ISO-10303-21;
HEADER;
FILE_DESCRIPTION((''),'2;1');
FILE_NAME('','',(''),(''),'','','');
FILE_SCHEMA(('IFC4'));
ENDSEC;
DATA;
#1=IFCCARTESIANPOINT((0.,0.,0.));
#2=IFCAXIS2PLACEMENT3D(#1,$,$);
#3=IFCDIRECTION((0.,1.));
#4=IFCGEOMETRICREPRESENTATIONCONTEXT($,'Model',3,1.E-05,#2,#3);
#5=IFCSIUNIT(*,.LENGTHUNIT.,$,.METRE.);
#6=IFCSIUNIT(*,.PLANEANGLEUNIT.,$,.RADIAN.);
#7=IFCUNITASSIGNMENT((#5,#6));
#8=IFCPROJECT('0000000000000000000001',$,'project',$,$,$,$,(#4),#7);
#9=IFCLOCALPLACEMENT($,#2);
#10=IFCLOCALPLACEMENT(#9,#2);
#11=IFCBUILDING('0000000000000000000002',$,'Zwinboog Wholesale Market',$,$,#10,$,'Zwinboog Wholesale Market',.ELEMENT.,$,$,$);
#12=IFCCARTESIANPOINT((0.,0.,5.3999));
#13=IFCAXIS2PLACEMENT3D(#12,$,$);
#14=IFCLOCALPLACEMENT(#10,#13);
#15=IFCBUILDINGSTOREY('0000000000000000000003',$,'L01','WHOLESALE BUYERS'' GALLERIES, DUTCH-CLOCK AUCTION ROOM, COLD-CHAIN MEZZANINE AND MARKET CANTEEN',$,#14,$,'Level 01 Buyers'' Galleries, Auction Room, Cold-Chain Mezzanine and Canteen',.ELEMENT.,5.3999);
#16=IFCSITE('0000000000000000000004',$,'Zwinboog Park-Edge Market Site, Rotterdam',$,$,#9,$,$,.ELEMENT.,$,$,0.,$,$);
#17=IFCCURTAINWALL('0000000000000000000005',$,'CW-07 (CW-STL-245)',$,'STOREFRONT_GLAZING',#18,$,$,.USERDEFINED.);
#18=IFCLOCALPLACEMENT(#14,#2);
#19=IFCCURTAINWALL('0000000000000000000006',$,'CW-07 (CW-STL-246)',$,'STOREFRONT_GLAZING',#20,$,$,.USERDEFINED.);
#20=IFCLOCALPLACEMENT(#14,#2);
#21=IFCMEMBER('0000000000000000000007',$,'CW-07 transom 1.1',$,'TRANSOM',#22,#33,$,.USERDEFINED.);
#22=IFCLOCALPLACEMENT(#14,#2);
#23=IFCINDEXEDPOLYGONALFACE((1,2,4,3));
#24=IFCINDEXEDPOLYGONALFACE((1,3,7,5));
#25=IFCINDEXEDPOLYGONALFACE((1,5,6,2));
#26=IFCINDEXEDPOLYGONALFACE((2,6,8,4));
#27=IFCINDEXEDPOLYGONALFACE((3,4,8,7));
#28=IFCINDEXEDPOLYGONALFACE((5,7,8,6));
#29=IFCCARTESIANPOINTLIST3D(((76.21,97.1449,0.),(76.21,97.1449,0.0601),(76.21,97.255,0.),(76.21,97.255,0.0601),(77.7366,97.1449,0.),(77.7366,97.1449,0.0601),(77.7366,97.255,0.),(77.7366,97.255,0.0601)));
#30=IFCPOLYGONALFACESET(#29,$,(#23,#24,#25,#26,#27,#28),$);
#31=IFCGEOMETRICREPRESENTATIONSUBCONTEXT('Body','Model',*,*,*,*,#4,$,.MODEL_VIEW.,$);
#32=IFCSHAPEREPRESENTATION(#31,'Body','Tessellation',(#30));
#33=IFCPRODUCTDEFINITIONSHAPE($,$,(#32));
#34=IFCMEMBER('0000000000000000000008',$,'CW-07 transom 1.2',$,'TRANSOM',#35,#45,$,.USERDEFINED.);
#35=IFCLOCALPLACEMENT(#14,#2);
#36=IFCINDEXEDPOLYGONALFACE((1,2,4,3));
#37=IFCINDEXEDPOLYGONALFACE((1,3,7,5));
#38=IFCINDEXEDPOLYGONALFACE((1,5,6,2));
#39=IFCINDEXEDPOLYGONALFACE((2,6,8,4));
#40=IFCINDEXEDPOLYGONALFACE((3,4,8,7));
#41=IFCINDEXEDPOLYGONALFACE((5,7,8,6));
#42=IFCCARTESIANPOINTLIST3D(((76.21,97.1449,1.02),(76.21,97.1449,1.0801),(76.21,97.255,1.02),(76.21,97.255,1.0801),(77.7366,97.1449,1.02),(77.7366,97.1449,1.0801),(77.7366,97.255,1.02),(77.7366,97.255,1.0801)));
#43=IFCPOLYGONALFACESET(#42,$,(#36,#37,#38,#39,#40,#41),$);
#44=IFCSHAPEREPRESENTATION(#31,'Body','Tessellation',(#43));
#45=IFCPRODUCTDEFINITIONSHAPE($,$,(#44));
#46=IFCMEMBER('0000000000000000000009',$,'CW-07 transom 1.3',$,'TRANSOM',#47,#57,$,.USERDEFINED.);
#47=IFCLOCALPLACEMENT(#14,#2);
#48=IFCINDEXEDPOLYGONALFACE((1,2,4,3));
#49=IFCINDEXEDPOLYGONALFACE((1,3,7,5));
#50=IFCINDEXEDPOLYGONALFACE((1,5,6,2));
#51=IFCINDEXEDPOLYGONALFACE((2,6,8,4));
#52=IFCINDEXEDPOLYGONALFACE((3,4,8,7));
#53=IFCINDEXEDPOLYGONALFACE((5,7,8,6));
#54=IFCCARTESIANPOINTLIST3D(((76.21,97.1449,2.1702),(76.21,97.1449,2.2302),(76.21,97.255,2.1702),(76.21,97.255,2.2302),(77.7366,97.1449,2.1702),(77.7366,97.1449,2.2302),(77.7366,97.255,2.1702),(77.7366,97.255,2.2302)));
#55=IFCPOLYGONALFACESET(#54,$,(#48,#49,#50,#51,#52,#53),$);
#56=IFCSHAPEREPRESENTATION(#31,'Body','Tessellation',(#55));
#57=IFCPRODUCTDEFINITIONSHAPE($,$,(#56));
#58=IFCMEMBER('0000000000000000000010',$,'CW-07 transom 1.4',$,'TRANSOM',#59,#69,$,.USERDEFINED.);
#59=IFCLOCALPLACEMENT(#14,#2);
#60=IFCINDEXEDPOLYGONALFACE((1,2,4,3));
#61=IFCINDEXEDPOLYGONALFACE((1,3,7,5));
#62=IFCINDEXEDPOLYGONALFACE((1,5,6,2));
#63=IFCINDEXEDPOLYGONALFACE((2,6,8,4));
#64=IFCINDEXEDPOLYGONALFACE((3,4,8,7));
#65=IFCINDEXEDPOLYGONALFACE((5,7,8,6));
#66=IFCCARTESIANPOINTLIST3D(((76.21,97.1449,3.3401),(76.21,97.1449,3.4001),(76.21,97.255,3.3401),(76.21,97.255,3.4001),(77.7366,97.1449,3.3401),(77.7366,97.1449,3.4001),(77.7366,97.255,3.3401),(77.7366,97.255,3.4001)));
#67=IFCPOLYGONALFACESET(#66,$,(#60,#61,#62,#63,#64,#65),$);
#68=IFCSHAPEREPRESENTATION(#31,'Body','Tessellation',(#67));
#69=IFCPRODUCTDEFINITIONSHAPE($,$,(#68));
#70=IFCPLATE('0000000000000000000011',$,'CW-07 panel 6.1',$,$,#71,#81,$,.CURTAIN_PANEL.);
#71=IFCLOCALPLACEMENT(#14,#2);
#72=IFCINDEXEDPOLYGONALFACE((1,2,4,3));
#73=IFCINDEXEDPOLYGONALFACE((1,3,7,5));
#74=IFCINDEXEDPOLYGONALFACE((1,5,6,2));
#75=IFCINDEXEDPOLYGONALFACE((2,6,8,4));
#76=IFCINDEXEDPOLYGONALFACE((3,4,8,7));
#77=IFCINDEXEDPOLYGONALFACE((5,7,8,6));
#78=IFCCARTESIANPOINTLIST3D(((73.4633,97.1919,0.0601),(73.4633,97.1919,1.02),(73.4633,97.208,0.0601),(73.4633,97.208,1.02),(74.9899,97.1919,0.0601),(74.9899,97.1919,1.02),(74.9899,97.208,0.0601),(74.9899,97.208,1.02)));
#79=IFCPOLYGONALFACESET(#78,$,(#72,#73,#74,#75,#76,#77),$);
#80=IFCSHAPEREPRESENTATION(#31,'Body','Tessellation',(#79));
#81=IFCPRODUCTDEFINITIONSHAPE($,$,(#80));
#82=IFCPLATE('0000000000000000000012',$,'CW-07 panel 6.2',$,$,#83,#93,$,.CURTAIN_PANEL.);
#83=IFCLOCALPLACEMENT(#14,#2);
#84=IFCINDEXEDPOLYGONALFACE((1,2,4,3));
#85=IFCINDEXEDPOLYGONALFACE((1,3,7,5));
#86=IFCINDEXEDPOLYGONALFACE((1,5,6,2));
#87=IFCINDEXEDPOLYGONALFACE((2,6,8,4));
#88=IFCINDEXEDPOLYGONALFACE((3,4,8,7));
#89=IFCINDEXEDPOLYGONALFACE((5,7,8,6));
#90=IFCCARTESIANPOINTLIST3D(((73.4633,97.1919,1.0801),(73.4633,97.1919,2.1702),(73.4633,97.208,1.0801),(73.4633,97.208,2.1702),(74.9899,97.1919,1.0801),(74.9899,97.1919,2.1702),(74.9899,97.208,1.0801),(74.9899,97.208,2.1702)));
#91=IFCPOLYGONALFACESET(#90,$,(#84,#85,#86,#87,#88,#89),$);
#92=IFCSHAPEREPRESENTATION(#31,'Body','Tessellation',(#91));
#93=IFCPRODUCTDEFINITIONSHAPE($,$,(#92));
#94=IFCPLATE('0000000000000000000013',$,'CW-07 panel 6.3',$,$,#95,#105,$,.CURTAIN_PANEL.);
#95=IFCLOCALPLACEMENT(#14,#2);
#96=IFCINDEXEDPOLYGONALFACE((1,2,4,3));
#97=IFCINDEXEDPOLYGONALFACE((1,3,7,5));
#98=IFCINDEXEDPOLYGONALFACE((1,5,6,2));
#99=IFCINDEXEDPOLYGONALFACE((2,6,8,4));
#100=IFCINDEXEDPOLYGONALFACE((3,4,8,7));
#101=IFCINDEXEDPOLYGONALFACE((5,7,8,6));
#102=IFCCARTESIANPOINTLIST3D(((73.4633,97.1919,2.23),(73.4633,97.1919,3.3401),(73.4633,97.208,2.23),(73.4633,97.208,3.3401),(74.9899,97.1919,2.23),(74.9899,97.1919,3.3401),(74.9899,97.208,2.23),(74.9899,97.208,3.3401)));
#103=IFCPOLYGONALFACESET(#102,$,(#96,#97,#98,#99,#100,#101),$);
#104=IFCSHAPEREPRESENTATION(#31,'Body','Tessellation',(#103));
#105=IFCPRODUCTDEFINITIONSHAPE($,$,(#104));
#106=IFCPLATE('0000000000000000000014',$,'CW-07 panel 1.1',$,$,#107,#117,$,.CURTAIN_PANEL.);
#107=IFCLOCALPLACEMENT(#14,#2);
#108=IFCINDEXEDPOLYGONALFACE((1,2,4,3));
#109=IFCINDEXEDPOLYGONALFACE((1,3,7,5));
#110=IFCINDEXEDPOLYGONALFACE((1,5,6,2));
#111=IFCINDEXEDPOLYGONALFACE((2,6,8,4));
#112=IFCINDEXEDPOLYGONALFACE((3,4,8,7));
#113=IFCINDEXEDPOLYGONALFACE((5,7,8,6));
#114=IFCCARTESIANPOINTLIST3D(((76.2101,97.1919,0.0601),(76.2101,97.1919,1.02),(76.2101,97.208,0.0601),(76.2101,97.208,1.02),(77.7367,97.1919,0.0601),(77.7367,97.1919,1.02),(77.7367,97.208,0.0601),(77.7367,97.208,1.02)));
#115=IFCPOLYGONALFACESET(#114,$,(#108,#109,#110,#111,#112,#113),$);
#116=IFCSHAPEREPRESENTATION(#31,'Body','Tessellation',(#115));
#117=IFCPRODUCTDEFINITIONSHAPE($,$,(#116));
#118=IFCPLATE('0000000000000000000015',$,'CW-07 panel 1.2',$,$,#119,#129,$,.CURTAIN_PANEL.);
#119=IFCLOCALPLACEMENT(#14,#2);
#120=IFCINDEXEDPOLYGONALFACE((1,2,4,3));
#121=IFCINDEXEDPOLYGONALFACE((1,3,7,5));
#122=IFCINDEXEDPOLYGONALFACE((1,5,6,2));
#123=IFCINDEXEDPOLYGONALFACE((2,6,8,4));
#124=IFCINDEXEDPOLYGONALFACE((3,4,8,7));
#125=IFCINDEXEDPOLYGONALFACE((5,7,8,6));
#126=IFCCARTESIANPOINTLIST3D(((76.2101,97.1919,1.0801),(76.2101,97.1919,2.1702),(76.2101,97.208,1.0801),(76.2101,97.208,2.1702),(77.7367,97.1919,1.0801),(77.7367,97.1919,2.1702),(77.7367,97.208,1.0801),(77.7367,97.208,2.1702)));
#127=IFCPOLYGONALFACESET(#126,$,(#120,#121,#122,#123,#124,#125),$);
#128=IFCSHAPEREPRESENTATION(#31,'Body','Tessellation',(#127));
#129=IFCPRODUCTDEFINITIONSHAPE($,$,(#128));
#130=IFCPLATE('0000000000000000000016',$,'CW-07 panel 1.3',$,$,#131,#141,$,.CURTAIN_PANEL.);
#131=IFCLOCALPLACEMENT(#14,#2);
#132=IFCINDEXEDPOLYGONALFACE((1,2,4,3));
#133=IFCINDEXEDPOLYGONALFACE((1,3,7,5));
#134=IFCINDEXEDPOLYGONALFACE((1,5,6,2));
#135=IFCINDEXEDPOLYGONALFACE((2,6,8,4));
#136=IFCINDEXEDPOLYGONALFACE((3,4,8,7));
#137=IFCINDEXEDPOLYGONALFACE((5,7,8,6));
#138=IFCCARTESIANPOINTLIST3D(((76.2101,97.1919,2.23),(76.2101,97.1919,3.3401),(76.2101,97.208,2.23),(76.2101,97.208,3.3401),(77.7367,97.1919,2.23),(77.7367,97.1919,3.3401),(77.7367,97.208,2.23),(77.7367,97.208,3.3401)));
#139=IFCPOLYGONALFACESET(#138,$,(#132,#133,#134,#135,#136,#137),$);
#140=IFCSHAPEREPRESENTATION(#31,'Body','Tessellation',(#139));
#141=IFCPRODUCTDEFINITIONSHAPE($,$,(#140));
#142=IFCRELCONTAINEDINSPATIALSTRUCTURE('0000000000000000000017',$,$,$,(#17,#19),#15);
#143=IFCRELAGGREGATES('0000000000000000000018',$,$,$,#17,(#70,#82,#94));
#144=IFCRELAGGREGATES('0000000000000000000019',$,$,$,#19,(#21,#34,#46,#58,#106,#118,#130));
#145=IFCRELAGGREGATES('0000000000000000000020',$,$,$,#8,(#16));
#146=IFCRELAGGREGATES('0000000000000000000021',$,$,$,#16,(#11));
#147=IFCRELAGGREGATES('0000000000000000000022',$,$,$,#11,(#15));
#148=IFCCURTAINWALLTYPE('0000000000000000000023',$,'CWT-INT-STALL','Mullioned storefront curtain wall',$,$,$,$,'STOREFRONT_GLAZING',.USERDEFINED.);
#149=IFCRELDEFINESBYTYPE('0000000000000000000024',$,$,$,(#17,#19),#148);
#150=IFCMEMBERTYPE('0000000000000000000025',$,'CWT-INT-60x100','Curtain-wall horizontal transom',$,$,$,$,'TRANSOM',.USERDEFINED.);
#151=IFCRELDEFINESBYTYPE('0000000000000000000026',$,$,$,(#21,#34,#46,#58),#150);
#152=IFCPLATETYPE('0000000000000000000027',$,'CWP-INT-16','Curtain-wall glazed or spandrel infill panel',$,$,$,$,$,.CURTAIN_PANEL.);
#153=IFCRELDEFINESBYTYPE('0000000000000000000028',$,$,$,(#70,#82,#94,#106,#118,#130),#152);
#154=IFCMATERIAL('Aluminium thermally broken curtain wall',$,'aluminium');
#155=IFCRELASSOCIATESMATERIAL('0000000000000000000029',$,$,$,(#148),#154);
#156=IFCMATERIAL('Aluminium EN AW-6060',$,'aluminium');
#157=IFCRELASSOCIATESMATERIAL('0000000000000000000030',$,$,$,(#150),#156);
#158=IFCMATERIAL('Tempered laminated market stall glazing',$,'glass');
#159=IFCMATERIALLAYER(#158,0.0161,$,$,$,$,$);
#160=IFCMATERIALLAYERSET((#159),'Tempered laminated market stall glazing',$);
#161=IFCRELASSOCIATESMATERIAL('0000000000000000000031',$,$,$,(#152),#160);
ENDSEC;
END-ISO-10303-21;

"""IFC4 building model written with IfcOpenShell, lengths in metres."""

from ifc_helpers import new_model, si_unit, direction, frame, origin, origin_2d, place, context, subcontext, project, spatial, rectangle, extrude, material, layer, layer_set, material_profile, profile_set, type_object, element, aggregate, save


model = new_model("IFC4")

# Units and contexts
model_context = context("Model", 3, precision=1e-05, world=origin(), true_north=direction((0.0, 1.0)))
body_context = subcontext(model_context, "Body", "Model", "MODEL_VIEW")
ifc_project = project(units=[si_unit("LENGTHUNIT", "METRE"), si_unit("PLANEANGLEUNIT", "RADIAN")], contexts=[model_context])

# Site, building, storey
site_placement = place(None, origin())
site = spatial("IfcSite", under=ifc_project, at=site_placement, Name="Zwinboog Park-Edge Market Site, Rotterdam", CompositionType="ELEMENT", RefElevation=0.0)
building_placement = place(site_placement, origin())
building = spatial("IfcBuilding", under=site, at=building_placement, Name="Zwinboog Wholesale Market", LongName="Zwinboog Wholesale Market", CompositionType="ELEMENT")
storey_placement = place(building_placement, frame((0.0, 0.0, 5.3999)))
storey = spatial("IfcBuildingStorey", under=building, at=storey_placement, Name="L01", Description="WHOLESALE BUYERS' GALLERIES, DUTCH-CLOCK AUCTION ROOM, COLD-CHAIN MEZZANINE AND MARKET CANTEEN", LongName="Level 01 Buyers' Galleries, Auction Room, Cold-Chain Mezzanine and Canteen", CompositionType="ELEMENT", Elevation=5.3999)

# Curtain wall
ifc_material_1 = material(Name="Aluminium thermally broken curtain wall", Category="aluminium")
curtain_wall_type = type_object("IfcCurtainWallType", Name="CWT-INT-STALL", Description="Mullioned storefront curtain wall", ElementType="STOREFRONT_GLAZING", PredefinedType="USERDEFINED", material=ifc_material_1)
ifc_material_2 = material(Name="Aluminium EN AW-6060", Category="aluminium")
curtain_wall_1_placement = place(storey_placement, origin())
curtain_wall_1 = element("IfcCurtainWall", 1, at=curtain_wall_1_placement, inside=storey, type_object=curtain_wall_type, Name="CW-07 (CW-STL-245)", ObjectType="STOREFRONT_GLAZING", PredefinedType="USERDEFINED")

# Curtain wall
curtain_wall_2_placement = place(storey_placement, origin())
curtain_wall_2 = element("IfcCurtainWall", 2, at=curtain_wall_2_placement, inside=storey, type_object=curtain_wall_type, Name="CW-07 (CW-STL-246)", ObjectType="STOREFRONT_GLAZING", PredefinedType="USERDEFINED")

# Members
ifc_material_profile_1 = material_profile(ifc_material_2, rectangle(XDim=0.1101, YDim=0.0601, at=origin_2d()), Name="AL 60x110")
ifc_profile_set_1 = profile_set([ifc_material_profile_1], Name="Aluminium EN AW-6060")
member_type_1 = type_object("IfcMemberType", Name="CWT-INT-60x100", Description="Curtain-wall horizontal transom", ElementType="TRANSOM", PredefinedType="USERDEFINED", material=ifc_profile_set_1)
member_1_placement = place(storey_placement, frame((76.21, 97.2, 0.03), z_axis=(1.0, 0.0, 0.0), x_axis=(0.0, 1.0, 0.0)))
member_1 = element("IfcMember", 3, at=member_1_placement, type_object=member_type_1, Name="CW-07 transom 1.1", ObjectType="TRANSOM", PredefinedType="USERDEFINED", context=body_context, shape_type="SweptSolid", body=[
    extrude(rectangle(XDim=0.1101, YDim=0.0601, at=origin_2d()), origin(), (0.0, 0.0, 1.0), 1.5266),
])
member_2_placement = place(storey_placement, frame((76.21, 97.2, 1.05), z_axis=(1.0, 0.0, 0.0), x_axis=(0.0, 1.0, 0.0)))
member_2 = element("IfcMember", 4, at=member_2_placement, type_object=member_type_1, Name="CW-07 transom 1.2", ObjectType="TRANSOM", PredefinedType="USERDEFINED", context=body_context, shape_type="SweptSolid", body=[
    extrude(rectangle(XDim=0.1101, YDim=0.0601, at=origin_2d()), origin(), (0.0, 0.0, 1.0), 1.5266),
])
member_3_placement = place(storey_placement, frame((76.21, 97.2, 2.2002), z_axis=(1.0, 0.0, 0.0), x_axis=(0.0, 1.0, 0.0)))
member_3 = element("IfcMember", 5, at=member_3_placement, type_object=member_type_1, Name="CW-07 transom 1.3", ObjectType="TRANSOM", PredefinedType="USERDEFINED", context=body_context, shape_type="SweptSolid", body=[
    extrude(rectangle(XDim=0.1101, YDim=0.0601, at=origin_2d()), origin(), (0.0, 0.0, 1.0), 1.5266),
])
member_4_placement = place(storey_placement, frame((76.21, 97.2, 3.3701), z_axis=(1.0, 0.0, 0.0), x_axis=(0.0, 1.0, 0.0)))
member_4 = element("IfcMember", 6, at=member_4_placement, type_object=member_type_1, Name="CW-07 transom 1.4", ObjectType="TRANSOM", PredefinedType="USERDEFINED", context=body_context, shape_type="SweptSolid", body=[
    extrude(rectangle(XDim=0.1101, YDim=0.0601, at=origin_2d()), origin(), (0.0, 0.0, 1.0), 1.5266),
])

# Plates
ifc_material_3 = material(Name="Tempered laminated market stall glazing", Category="glass")
ifc_layer = layer(ifc_material_3, 0.0161)
ifc_layer_set = layer_set([ifc_layer], Name="Tempered laminated market stall glazing")
plate_type = type_object("IfcPlateType", Name="CWP-INT-16", Description="Curtain-wall glazed or spandrel infill panel", PredefinedType="CURTAIN_PANEL", material=ifc_layer_set)
plate_1_placement = place(storey_placement, frame((74.2266, 97.2, 0.0601), z_axis=(0.0, 0.0, 1.0), x_axis=(1.0, 0.0, 0.0)))
plate_1 = element("IfcPlate", 7, at=plate_1_placement, type_object=plate_type, Name="CW-07 panel 6.1", PredefinedType="CURTAIN_PANEL", context=body_context, shape_type="SweptSolid", body=[
    extrude(rectangle(XDim=1.5266, YDim=0.0161, at=origin_2d()), origin(), (0.0, 0.0, 1.0), 0.96),
])
plate_2_placement = place(storey_placement, frame((74.2266, 97.2, 1.0801), z_axis=(0.0, 0.0, 1.0), x_axis=(1.0, 0.0, 0.0)))
plate_2 = element("IfcPlate", 8, at=plate_2_placement, type_object=plate_type, Name="CW-07 panel 6.2", PredefinedType="CURTAIN_PANEL", context=body_context, shape_type="SweptSolid", body=[
    extrude(rectangle(XDim=1.5266, YDim=0.0161, at=origin_2d()), origin(), (0.0, 0.0, 1.0), 1.0901),
])
plate_3_placement = place(storey_placement, frame((74.2266, 97.2, 2.23), z_axis=(0.0, 0.0, 1.0), x_axis=(1.0, 0.0, 0.0)))
plate_3 = element("IfcPlate", 9, at=plate_3_placement, type_object=plate_type, Name="CW-07 panel 6.3", PredefinedType="CURTAIN_PANEL", context=body_context, shape_type="SweptSolid", body=[
    extrude(rectangle(XDim=1.5266, YDim=0.0161, at=origin_2d()), origin(), (0.0, 0.0, 1.0), 1.1101),
])
aggregate(curtain_wall_1, [plate_1, plate_2, plate_3])
plate_4_placement = place(storey_placement, frame((76.9734, 97.2, 0.0601), z_axis=(0.0, 0.0, 1.0), x_axis=(1.0, 0.0, 0.0)))
plate_4 = element("IfcPlate", 10, at=plate_4_placement, type_object=plate_type, Name="CW-07 panel 1.1", PredefinedType="CURTAIN_PANEL", context=body_context, shape_type="SweptSolid", body=[
    extrude(rectangle(XDim=1.5266, YDim=0.0161, at=origin_2d()), origin(), (0.0, 0.0, 1.0), 0.96),
])
plate_5_placement = place(storey_placement, frame((76.9734, 97.2, 1.0801), z_axis=(0.0, 0.0, 1.0), x_axis=(1.0, 0.0, 0.0)))
plate_5 = element("IfcPlate", 11, at=plate_5_placement, type_object=plate_type, Name="CW-07 panel 1.2", PredefinedType="CURTAIN_PANEL", context=body_context, shape_type="SweptSolid", body=[
    extrude(rectangle(XDim=1.5266, YDim=0.0161, at=origin_2d()), origin(), (0.0, 0.0, 1.0), 1.0901),
])
plate_6_placement = place(storey_placement, frame((76.9734, 97.2, 2.23), z_axis=(0.0, 0.0, 1.0), x_axis=(1.0, 0.0, 0.0)))
plate_6 = element("IfcPlate", 12, at=plate_6_placement, type_object=plate_type, Name="CW-07 panel 1.3", PredefinedType="CURTAIN_PANEL", context=body_context, shape_type="SweptSolid", body=[
    extrude(rectangle(XDim=1.5266, YDim=0.0161, at=origin_2d()), origin(), (0.0, 0.0, 1.0), 1.1101),
])
aggregate(curtain_wall_2, [member_1, member_2, member_3, member_4, plate_4, plate_5, plate_6])

save(model, "model.ifc")
